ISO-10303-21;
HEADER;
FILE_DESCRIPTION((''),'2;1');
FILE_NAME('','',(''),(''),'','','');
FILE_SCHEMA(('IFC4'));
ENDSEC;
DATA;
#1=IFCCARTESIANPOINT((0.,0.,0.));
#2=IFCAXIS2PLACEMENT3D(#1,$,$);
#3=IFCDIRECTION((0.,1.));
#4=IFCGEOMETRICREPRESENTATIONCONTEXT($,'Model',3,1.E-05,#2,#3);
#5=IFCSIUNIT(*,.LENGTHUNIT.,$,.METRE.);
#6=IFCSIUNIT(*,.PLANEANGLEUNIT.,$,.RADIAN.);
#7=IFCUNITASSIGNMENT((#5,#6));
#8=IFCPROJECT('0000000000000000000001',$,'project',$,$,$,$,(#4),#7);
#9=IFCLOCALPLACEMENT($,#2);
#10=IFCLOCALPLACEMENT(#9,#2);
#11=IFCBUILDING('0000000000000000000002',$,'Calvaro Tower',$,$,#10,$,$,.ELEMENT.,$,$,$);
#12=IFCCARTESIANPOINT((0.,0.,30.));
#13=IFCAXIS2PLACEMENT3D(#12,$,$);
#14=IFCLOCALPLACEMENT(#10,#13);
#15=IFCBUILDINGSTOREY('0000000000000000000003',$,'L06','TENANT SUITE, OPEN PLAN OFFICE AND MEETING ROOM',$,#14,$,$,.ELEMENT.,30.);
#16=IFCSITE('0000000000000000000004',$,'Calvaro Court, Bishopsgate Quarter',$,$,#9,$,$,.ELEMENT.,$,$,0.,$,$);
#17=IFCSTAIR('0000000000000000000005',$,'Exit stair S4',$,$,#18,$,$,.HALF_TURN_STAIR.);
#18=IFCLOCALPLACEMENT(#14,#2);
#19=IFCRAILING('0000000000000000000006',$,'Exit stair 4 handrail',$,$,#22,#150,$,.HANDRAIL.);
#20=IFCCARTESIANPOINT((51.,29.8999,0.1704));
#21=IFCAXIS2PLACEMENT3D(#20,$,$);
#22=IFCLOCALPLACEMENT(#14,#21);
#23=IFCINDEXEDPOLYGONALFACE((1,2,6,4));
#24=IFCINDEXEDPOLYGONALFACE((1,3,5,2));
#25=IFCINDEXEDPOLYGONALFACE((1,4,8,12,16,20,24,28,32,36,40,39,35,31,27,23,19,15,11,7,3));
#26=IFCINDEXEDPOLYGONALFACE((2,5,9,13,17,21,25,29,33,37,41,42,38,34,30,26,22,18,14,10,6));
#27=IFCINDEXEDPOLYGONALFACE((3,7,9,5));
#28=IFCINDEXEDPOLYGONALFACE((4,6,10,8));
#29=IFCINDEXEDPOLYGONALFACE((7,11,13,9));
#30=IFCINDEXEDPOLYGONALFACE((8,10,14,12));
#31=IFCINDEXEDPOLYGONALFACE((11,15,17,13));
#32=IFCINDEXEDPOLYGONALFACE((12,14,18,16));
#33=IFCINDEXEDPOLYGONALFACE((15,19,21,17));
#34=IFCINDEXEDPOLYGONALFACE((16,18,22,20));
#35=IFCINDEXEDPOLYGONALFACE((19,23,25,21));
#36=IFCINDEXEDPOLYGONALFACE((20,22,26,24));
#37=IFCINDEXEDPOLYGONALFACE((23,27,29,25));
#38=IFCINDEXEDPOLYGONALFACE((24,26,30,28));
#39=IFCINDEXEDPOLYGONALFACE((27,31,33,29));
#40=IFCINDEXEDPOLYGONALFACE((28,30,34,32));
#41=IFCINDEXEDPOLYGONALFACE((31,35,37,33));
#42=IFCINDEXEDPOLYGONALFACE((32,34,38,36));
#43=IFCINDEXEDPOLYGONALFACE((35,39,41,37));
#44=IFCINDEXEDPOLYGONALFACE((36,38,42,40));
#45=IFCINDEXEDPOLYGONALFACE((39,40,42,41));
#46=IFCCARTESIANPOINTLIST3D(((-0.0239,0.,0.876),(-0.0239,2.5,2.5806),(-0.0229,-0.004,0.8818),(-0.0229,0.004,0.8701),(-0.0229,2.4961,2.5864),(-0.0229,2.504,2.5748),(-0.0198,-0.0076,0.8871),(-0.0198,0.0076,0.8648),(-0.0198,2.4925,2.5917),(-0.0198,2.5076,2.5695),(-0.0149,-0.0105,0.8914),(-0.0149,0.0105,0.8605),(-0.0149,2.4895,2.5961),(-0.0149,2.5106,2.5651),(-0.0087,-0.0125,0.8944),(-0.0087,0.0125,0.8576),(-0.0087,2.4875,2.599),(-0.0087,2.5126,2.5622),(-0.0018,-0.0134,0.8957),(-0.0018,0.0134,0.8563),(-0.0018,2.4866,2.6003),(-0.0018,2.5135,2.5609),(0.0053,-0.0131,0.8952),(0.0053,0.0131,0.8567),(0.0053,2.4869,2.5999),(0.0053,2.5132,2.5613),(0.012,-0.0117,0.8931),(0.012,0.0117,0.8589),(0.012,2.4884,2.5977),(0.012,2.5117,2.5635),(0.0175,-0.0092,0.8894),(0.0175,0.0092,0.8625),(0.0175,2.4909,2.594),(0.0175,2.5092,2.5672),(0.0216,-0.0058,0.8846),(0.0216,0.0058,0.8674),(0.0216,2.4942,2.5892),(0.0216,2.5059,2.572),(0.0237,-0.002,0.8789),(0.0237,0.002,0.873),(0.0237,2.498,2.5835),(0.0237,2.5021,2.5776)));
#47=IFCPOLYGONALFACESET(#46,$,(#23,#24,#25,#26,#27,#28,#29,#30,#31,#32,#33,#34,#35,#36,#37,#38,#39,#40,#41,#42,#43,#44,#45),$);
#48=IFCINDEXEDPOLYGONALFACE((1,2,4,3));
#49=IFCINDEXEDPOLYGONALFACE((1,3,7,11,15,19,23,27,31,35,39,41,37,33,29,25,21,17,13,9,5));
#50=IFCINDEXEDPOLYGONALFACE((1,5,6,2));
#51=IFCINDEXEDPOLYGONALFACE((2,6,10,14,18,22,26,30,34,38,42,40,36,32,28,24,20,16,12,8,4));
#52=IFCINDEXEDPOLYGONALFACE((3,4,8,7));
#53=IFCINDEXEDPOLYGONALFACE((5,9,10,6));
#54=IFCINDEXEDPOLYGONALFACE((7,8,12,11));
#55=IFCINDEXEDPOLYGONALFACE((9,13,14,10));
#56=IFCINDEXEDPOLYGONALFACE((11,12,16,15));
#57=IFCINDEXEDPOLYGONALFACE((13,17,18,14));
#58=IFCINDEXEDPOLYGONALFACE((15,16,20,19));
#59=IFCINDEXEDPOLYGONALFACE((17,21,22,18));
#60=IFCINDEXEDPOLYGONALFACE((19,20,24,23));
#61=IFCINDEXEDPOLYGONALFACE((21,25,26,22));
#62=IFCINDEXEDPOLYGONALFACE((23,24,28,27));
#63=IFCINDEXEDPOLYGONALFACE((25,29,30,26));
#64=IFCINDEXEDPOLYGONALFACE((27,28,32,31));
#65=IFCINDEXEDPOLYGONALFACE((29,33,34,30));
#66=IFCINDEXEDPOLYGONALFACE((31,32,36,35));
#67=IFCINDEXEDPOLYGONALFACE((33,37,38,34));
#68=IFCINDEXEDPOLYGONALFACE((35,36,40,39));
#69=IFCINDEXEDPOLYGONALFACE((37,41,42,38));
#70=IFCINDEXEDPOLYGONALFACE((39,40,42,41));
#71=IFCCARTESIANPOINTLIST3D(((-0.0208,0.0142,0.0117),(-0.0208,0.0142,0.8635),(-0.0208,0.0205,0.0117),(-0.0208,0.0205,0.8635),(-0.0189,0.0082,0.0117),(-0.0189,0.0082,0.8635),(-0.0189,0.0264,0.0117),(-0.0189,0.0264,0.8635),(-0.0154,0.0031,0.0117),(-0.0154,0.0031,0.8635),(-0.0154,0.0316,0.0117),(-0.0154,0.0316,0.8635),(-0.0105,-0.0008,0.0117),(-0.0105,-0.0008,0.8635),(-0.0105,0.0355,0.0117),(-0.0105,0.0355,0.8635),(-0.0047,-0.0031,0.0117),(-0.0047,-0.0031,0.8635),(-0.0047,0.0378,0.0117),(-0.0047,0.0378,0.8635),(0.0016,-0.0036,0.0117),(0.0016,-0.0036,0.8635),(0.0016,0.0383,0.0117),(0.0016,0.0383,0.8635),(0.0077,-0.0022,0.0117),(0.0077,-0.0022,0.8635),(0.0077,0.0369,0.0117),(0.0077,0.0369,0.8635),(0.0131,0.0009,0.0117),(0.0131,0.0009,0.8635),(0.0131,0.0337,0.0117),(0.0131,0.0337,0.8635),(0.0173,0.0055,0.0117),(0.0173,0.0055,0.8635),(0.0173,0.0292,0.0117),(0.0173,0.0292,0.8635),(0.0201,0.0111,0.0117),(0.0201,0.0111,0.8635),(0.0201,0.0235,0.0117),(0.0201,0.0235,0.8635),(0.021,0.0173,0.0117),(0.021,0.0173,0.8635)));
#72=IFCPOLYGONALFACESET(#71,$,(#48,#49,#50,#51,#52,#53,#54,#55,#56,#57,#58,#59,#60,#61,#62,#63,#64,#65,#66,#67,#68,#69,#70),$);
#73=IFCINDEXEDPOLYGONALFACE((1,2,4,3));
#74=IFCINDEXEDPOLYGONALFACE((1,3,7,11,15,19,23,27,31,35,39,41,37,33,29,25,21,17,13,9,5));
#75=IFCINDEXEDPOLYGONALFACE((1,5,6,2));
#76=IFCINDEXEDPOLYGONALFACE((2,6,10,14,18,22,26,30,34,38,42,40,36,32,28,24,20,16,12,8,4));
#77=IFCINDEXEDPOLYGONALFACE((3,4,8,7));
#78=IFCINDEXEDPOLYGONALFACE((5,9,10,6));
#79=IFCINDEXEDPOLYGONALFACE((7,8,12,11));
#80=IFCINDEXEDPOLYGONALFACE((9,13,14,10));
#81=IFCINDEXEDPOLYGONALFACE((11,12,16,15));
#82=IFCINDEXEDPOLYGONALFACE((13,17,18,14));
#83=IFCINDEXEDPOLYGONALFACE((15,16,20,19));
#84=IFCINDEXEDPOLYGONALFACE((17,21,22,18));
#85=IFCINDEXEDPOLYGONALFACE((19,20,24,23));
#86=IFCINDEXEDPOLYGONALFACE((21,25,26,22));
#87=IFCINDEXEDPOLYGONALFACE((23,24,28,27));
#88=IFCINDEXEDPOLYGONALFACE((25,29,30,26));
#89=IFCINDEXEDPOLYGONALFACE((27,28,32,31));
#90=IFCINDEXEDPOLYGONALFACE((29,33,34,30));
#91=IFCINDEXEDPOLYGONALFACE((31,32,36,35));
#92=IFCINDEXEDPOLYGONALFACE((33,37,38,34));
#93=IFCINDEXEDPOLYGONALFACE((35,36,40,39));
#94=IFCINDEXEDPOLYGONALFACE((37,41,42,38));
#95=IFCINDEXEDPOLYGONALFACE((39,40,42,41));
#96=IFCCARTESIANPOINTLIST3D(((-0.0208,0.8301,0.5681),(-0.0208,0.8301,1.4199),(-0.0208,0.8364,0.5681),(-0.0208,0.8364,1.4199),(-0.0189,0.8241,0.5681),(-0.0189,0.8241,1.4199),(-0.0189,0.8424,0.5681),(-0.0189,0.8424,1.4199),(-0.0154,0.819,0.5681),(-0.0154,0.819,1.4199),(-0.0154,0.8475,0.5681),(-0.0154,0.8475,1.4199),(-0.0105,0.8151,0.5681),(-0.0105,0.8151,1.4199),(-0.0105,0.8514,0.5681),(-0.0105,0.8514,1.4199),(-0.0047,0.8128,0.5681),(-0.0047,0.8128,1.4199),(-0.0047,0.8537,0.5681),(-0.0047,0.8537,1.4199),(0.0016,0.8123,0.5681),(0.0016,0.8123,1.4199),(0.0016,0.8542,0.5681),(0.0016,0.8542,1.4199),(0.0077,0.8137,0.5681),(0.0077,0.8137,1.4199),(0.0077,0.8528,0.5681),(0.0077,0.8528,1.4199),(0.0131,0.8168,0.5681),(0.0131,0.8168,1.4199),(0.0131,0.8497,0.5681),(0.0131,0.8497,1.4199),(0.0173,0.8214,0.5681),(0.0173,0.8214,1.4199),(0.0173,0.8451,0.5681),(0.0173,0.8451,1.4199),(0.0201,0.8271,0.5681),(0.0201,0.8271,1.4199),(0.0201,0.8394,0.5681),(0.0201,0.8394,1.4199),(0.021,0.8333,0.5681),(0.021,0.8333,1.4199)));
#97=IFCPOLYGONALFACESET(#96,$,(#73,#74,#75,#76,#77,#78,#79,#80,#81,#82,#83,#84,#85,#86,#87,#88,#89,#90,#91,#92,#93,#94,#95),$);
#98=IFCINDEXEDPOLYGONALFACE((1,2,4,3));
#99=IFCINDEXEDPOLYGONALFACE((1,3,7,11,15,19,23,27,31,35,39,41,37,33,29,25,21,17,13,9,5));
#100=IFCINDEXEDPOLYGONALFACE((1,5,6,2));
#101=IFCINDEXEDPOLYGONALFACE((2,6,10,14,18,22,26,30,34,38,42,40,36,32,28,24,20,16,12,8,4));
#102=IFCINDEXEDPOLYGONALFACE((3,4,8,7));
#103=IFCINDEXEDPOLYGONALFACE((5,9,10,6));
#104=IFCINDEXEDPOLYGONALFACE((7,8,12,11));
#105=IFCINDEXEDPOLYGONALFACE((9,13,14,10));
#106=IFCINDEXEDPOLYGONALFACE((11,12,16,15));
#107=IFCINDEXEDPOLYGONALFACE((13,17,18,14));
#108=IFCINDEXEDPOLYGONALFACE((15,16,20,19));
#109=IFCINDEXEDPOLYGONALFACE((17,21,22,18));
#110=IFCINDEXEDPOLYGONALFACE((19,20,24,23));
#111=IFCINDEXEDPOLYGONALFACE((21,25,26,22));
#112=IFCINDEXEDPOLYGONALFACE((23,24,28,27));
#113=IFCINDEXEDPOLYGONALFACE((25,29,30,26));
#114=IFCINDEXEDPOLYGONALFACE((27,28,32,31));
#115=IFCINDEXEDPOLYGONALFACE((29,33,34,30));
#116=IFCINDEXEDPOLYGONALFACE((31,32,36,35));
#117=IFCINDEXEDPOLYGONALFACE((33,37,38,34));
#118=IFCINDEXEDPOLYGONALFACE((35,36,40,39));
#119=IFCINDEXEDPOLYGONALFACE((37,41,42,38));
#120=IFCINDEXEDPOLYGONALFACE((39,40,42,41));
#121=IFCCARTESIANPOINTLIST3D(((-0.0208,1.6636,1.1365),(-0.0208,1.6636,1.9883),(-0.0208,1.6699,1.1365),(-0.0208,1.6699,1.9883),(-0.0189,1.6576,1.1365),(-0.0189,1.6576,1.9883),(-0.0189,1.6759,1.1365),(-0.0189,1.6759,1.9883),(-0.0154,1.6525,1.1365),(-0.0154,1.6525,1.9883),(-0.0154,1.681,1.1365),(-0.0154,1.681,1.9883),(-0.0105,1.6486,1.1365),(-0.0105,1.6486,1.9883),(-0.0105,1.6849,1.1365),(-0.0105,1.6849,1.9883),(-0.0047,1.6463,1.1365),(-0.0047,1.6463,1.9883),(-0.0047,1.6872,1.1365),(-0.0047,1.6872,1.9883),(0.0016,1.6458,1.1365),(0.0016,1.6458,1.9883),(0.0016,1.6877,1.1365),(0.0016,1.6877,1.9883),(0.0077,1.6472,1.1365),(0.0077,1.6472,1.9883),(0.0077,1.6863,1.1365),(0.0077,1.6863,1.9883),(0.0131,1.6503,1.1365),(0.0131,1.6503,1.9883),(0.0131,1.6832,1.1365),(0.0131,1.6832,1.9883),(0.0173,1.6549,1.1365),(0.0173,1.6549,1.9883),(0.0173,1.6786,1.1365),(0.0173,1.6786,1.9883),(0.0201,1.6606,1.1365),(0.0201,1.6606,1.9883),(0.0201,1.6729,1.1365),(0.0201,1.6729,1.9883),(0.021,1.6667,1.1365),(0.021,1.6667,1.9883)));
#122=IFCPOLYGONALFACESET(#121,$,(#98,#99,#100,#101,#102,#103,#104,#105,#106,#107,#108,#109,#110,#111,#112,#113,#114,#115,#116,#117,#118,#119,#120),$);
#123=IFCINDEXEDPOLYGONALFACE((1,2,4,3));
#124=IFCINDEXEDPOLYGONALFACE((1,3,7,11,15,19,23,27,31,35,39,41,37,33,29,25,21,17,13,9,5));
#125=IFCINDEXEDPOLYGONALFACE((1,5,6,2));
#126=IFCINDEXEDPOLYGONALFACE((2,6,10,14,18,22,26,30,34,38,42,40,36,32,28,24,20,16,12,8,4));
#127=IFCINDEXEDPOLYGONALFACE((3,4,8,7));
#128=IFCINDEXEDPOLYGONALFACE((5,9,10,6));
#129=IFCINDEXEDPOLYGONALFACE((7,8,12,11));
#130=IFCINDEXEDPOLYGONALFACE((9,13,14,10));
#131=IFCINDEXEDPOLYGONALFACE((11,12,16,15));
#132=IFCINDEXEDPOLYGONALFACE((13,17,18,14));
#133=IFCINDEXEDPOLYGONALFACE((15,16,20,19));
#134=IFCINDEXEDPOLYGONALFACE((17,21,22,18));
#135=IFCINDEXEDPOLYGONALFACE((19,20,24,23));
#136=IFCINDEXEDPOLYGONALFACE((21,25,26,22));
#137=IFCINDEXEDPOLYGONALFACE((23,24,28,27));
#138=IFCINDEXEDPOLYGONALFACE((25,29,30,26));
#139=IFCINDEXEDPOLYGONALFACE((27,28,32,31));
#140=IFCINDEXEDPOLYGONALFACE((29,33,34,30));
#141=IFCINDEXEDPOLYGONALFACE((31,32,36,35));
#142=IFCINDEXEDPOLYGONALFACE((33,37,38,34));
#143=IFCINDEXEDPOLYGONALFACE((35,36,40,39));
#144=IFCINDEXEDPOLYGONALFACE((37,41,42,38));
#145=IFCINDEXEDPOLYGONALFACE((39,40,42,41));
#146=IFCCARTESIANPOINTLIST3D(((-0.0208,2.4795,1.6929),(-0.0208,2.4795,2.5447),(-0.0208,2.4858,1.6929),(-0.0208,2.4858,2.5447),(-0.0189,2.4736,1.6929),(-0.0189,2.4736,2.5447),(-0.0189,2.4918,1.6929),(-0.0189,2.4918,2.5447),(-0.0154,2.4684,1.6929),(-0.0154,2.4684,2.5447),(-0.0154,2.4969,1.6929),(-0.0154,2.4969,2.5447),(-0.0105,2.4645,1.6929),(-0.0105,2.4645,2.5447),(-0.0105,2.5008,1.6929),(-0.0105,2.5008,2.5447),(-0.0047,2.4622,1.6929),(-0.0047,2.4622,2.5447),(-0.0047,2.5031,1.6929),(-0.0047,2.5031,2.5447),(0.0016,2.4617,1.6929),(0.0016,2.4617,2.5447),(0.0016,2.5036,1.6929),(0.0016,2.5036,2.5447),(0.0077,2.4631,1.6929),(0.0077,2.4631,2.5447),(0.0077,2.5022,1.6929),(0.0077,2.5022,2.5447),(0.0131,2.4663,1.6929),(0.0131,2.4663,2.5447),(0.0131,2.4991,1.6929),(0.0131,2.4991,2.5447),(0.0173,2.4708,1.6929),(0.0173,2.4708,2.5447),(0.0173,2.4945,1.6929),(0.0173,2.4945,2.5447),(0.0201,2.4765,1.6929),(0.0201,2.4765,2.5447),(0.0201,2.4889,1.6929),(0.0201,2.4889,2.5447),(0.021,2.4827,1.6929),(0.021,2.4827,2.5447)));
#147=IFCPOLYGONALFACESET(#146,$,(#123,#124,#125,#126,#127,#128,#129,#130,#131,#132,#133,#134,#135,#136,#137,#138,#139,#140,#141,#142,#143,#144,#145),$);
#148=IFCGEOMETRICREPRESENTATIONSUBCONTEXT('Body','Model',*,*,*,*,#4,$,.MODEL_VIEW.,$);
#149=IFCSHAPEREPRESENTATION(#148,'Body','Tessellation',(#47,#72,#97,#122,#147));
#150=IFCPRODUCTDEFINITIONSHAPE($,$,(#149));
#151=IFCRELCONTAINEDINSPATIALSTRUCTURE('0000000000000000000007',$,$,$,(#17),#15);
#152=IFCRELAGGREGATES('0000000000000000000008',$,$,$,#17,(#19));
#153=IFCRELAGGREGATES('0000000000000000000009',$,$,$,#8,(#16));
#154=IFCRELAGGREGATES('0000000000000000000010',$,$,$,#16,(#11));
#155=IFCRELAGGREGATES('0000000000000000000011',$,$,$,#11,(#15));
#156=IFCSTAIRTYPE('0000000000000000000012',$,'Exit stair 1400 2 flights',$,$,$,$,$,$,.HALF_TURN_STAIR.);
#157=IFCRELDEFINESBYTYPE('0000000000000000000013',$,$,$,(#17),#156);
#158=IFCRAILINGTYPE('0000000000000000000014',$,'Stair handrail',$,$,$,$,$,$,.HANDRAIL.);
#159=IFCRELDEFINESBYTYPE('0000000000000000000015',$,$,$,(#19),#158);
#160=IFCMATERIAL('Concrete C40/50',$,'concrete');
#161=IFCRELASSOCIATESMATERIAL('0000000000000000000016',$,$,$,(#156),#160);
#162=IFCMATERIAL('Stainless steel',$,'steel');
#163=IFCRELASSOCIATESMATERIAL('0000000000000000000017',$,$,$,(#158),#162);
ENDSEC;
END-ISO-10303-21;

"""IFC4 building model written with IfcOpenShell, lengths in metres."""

from ifc_helpers import new_model, si_unit, direction, frame, origin, origin_2d, place, context, subcontext, project, spatial, circle, extrude, material, type_object, element, aggregate, save


model = new_model("IFC4")

# Units and contexts
model_context = context("Model", 3, precision=1e-05, world=origin(), true_north=direction((0.0, 1.0)))
body_context = subcontext(model_context, "Body", "Model", "MODEL_VIEW")
ifc_project = project(units=[si_unit("LENGTHUNIT", "METRE"), si_unit("PLANEANGLEUNIT", "RADIAN")], contexts=[model_context])

# Site, building, storey
site_placement = place(None, origin())
site = spatial("IfcSite", under=ifc_project, at=site_placement, Name="Calvaro Court, Bishopsgate Quarter", CompositionType="ELEMENT", RefElevation=0.0)
building_placement = place(site_placement, origin())
building = spatial("IfcBuilding", under=site, at=building_placement, Name="Calvaro Tower", CompositionType="ELEMENT")
storey_placement = place(building_placement, frame((0.0, 0.0, 30.0)))
storey = spatial("IfcBuildingStorey", under=building, at=storey_placement, Name="L06", Description="TENANT SUITE, OPEN PLAN OFFICE AND MEETING ROOM", CompositionType="ELEMENT", Elevation=30.0)

# Shared definitions
ifc_material_1 = material(Name="Concrete C40/50", Category="concrete")
stair_type = type_object("IfcStairType", Name="Exit stair 1400 2 flights", PredefinedType="HALF_TURN_STAIR", material=ifc_material_1)

# Stair
stair_1_placement = place(storey_placement, origin())
stair_1 = element("IfcStair", 1, at=stair_1_placement, inside=storey, type_object=stair_type, Name="Exit stair S4", PredefinedType="HALF_TURN_STAIR")

# Railing
ifc_material_2 = material(Name="Stainless steel", Category="steel")
railing_type = type_object("IfcRailingType", Name="Stair handrail", PredefinedType="HANDRAIL", material=ifc_material_2)
railing_1_placement = place(storey_placement, frame((51.0, 29.8999, 0.1704)))
railing_1 = element("IfcRailing", 2, at=railing_1_placement, type_object=railing_type, Name="Exit stair 4 handrail", PredefinedType="HANDRAIL", context=body_context, shape_type="SweptSolid", body=[
    extrude(circle(Radius=0.0239, at=origin_2d()), frame((0.0, 0.0, 0.876), z_axis=(0.0, 0.826221, 0.563347), x_axis=(-1.0, 0.0, 0.0)), (0.0, 0.0, 1.0), 3.0259),
    extrude(circle(Radius=0.021, at=origin_2d()), frame((0.0, 0.0173, 0.0117)), (0.0, 0.0, 1.0), 0.8518),
    extrude(circle(Radius=0.021, at=origin_2d()), frame((0.0, 0.8333, 0.5681)), (0.0, 0.0, 1.0), 0.8518),
    extrude(circle(Radius=0.021, at=origin_2d()), frame((0.0, 1.6667, 1.1365)), (0.0, 0.0, 1.0), 0.8518),
    extrude(circle(Radius=0.021, at=origin_2d()), frame((0.0, 2.4827, 1.6929)), (0.0, 0.0, 1.0), 0.8518),
])
aggregate(stair_1, [railing_1])

save(model, "model.ifc")
